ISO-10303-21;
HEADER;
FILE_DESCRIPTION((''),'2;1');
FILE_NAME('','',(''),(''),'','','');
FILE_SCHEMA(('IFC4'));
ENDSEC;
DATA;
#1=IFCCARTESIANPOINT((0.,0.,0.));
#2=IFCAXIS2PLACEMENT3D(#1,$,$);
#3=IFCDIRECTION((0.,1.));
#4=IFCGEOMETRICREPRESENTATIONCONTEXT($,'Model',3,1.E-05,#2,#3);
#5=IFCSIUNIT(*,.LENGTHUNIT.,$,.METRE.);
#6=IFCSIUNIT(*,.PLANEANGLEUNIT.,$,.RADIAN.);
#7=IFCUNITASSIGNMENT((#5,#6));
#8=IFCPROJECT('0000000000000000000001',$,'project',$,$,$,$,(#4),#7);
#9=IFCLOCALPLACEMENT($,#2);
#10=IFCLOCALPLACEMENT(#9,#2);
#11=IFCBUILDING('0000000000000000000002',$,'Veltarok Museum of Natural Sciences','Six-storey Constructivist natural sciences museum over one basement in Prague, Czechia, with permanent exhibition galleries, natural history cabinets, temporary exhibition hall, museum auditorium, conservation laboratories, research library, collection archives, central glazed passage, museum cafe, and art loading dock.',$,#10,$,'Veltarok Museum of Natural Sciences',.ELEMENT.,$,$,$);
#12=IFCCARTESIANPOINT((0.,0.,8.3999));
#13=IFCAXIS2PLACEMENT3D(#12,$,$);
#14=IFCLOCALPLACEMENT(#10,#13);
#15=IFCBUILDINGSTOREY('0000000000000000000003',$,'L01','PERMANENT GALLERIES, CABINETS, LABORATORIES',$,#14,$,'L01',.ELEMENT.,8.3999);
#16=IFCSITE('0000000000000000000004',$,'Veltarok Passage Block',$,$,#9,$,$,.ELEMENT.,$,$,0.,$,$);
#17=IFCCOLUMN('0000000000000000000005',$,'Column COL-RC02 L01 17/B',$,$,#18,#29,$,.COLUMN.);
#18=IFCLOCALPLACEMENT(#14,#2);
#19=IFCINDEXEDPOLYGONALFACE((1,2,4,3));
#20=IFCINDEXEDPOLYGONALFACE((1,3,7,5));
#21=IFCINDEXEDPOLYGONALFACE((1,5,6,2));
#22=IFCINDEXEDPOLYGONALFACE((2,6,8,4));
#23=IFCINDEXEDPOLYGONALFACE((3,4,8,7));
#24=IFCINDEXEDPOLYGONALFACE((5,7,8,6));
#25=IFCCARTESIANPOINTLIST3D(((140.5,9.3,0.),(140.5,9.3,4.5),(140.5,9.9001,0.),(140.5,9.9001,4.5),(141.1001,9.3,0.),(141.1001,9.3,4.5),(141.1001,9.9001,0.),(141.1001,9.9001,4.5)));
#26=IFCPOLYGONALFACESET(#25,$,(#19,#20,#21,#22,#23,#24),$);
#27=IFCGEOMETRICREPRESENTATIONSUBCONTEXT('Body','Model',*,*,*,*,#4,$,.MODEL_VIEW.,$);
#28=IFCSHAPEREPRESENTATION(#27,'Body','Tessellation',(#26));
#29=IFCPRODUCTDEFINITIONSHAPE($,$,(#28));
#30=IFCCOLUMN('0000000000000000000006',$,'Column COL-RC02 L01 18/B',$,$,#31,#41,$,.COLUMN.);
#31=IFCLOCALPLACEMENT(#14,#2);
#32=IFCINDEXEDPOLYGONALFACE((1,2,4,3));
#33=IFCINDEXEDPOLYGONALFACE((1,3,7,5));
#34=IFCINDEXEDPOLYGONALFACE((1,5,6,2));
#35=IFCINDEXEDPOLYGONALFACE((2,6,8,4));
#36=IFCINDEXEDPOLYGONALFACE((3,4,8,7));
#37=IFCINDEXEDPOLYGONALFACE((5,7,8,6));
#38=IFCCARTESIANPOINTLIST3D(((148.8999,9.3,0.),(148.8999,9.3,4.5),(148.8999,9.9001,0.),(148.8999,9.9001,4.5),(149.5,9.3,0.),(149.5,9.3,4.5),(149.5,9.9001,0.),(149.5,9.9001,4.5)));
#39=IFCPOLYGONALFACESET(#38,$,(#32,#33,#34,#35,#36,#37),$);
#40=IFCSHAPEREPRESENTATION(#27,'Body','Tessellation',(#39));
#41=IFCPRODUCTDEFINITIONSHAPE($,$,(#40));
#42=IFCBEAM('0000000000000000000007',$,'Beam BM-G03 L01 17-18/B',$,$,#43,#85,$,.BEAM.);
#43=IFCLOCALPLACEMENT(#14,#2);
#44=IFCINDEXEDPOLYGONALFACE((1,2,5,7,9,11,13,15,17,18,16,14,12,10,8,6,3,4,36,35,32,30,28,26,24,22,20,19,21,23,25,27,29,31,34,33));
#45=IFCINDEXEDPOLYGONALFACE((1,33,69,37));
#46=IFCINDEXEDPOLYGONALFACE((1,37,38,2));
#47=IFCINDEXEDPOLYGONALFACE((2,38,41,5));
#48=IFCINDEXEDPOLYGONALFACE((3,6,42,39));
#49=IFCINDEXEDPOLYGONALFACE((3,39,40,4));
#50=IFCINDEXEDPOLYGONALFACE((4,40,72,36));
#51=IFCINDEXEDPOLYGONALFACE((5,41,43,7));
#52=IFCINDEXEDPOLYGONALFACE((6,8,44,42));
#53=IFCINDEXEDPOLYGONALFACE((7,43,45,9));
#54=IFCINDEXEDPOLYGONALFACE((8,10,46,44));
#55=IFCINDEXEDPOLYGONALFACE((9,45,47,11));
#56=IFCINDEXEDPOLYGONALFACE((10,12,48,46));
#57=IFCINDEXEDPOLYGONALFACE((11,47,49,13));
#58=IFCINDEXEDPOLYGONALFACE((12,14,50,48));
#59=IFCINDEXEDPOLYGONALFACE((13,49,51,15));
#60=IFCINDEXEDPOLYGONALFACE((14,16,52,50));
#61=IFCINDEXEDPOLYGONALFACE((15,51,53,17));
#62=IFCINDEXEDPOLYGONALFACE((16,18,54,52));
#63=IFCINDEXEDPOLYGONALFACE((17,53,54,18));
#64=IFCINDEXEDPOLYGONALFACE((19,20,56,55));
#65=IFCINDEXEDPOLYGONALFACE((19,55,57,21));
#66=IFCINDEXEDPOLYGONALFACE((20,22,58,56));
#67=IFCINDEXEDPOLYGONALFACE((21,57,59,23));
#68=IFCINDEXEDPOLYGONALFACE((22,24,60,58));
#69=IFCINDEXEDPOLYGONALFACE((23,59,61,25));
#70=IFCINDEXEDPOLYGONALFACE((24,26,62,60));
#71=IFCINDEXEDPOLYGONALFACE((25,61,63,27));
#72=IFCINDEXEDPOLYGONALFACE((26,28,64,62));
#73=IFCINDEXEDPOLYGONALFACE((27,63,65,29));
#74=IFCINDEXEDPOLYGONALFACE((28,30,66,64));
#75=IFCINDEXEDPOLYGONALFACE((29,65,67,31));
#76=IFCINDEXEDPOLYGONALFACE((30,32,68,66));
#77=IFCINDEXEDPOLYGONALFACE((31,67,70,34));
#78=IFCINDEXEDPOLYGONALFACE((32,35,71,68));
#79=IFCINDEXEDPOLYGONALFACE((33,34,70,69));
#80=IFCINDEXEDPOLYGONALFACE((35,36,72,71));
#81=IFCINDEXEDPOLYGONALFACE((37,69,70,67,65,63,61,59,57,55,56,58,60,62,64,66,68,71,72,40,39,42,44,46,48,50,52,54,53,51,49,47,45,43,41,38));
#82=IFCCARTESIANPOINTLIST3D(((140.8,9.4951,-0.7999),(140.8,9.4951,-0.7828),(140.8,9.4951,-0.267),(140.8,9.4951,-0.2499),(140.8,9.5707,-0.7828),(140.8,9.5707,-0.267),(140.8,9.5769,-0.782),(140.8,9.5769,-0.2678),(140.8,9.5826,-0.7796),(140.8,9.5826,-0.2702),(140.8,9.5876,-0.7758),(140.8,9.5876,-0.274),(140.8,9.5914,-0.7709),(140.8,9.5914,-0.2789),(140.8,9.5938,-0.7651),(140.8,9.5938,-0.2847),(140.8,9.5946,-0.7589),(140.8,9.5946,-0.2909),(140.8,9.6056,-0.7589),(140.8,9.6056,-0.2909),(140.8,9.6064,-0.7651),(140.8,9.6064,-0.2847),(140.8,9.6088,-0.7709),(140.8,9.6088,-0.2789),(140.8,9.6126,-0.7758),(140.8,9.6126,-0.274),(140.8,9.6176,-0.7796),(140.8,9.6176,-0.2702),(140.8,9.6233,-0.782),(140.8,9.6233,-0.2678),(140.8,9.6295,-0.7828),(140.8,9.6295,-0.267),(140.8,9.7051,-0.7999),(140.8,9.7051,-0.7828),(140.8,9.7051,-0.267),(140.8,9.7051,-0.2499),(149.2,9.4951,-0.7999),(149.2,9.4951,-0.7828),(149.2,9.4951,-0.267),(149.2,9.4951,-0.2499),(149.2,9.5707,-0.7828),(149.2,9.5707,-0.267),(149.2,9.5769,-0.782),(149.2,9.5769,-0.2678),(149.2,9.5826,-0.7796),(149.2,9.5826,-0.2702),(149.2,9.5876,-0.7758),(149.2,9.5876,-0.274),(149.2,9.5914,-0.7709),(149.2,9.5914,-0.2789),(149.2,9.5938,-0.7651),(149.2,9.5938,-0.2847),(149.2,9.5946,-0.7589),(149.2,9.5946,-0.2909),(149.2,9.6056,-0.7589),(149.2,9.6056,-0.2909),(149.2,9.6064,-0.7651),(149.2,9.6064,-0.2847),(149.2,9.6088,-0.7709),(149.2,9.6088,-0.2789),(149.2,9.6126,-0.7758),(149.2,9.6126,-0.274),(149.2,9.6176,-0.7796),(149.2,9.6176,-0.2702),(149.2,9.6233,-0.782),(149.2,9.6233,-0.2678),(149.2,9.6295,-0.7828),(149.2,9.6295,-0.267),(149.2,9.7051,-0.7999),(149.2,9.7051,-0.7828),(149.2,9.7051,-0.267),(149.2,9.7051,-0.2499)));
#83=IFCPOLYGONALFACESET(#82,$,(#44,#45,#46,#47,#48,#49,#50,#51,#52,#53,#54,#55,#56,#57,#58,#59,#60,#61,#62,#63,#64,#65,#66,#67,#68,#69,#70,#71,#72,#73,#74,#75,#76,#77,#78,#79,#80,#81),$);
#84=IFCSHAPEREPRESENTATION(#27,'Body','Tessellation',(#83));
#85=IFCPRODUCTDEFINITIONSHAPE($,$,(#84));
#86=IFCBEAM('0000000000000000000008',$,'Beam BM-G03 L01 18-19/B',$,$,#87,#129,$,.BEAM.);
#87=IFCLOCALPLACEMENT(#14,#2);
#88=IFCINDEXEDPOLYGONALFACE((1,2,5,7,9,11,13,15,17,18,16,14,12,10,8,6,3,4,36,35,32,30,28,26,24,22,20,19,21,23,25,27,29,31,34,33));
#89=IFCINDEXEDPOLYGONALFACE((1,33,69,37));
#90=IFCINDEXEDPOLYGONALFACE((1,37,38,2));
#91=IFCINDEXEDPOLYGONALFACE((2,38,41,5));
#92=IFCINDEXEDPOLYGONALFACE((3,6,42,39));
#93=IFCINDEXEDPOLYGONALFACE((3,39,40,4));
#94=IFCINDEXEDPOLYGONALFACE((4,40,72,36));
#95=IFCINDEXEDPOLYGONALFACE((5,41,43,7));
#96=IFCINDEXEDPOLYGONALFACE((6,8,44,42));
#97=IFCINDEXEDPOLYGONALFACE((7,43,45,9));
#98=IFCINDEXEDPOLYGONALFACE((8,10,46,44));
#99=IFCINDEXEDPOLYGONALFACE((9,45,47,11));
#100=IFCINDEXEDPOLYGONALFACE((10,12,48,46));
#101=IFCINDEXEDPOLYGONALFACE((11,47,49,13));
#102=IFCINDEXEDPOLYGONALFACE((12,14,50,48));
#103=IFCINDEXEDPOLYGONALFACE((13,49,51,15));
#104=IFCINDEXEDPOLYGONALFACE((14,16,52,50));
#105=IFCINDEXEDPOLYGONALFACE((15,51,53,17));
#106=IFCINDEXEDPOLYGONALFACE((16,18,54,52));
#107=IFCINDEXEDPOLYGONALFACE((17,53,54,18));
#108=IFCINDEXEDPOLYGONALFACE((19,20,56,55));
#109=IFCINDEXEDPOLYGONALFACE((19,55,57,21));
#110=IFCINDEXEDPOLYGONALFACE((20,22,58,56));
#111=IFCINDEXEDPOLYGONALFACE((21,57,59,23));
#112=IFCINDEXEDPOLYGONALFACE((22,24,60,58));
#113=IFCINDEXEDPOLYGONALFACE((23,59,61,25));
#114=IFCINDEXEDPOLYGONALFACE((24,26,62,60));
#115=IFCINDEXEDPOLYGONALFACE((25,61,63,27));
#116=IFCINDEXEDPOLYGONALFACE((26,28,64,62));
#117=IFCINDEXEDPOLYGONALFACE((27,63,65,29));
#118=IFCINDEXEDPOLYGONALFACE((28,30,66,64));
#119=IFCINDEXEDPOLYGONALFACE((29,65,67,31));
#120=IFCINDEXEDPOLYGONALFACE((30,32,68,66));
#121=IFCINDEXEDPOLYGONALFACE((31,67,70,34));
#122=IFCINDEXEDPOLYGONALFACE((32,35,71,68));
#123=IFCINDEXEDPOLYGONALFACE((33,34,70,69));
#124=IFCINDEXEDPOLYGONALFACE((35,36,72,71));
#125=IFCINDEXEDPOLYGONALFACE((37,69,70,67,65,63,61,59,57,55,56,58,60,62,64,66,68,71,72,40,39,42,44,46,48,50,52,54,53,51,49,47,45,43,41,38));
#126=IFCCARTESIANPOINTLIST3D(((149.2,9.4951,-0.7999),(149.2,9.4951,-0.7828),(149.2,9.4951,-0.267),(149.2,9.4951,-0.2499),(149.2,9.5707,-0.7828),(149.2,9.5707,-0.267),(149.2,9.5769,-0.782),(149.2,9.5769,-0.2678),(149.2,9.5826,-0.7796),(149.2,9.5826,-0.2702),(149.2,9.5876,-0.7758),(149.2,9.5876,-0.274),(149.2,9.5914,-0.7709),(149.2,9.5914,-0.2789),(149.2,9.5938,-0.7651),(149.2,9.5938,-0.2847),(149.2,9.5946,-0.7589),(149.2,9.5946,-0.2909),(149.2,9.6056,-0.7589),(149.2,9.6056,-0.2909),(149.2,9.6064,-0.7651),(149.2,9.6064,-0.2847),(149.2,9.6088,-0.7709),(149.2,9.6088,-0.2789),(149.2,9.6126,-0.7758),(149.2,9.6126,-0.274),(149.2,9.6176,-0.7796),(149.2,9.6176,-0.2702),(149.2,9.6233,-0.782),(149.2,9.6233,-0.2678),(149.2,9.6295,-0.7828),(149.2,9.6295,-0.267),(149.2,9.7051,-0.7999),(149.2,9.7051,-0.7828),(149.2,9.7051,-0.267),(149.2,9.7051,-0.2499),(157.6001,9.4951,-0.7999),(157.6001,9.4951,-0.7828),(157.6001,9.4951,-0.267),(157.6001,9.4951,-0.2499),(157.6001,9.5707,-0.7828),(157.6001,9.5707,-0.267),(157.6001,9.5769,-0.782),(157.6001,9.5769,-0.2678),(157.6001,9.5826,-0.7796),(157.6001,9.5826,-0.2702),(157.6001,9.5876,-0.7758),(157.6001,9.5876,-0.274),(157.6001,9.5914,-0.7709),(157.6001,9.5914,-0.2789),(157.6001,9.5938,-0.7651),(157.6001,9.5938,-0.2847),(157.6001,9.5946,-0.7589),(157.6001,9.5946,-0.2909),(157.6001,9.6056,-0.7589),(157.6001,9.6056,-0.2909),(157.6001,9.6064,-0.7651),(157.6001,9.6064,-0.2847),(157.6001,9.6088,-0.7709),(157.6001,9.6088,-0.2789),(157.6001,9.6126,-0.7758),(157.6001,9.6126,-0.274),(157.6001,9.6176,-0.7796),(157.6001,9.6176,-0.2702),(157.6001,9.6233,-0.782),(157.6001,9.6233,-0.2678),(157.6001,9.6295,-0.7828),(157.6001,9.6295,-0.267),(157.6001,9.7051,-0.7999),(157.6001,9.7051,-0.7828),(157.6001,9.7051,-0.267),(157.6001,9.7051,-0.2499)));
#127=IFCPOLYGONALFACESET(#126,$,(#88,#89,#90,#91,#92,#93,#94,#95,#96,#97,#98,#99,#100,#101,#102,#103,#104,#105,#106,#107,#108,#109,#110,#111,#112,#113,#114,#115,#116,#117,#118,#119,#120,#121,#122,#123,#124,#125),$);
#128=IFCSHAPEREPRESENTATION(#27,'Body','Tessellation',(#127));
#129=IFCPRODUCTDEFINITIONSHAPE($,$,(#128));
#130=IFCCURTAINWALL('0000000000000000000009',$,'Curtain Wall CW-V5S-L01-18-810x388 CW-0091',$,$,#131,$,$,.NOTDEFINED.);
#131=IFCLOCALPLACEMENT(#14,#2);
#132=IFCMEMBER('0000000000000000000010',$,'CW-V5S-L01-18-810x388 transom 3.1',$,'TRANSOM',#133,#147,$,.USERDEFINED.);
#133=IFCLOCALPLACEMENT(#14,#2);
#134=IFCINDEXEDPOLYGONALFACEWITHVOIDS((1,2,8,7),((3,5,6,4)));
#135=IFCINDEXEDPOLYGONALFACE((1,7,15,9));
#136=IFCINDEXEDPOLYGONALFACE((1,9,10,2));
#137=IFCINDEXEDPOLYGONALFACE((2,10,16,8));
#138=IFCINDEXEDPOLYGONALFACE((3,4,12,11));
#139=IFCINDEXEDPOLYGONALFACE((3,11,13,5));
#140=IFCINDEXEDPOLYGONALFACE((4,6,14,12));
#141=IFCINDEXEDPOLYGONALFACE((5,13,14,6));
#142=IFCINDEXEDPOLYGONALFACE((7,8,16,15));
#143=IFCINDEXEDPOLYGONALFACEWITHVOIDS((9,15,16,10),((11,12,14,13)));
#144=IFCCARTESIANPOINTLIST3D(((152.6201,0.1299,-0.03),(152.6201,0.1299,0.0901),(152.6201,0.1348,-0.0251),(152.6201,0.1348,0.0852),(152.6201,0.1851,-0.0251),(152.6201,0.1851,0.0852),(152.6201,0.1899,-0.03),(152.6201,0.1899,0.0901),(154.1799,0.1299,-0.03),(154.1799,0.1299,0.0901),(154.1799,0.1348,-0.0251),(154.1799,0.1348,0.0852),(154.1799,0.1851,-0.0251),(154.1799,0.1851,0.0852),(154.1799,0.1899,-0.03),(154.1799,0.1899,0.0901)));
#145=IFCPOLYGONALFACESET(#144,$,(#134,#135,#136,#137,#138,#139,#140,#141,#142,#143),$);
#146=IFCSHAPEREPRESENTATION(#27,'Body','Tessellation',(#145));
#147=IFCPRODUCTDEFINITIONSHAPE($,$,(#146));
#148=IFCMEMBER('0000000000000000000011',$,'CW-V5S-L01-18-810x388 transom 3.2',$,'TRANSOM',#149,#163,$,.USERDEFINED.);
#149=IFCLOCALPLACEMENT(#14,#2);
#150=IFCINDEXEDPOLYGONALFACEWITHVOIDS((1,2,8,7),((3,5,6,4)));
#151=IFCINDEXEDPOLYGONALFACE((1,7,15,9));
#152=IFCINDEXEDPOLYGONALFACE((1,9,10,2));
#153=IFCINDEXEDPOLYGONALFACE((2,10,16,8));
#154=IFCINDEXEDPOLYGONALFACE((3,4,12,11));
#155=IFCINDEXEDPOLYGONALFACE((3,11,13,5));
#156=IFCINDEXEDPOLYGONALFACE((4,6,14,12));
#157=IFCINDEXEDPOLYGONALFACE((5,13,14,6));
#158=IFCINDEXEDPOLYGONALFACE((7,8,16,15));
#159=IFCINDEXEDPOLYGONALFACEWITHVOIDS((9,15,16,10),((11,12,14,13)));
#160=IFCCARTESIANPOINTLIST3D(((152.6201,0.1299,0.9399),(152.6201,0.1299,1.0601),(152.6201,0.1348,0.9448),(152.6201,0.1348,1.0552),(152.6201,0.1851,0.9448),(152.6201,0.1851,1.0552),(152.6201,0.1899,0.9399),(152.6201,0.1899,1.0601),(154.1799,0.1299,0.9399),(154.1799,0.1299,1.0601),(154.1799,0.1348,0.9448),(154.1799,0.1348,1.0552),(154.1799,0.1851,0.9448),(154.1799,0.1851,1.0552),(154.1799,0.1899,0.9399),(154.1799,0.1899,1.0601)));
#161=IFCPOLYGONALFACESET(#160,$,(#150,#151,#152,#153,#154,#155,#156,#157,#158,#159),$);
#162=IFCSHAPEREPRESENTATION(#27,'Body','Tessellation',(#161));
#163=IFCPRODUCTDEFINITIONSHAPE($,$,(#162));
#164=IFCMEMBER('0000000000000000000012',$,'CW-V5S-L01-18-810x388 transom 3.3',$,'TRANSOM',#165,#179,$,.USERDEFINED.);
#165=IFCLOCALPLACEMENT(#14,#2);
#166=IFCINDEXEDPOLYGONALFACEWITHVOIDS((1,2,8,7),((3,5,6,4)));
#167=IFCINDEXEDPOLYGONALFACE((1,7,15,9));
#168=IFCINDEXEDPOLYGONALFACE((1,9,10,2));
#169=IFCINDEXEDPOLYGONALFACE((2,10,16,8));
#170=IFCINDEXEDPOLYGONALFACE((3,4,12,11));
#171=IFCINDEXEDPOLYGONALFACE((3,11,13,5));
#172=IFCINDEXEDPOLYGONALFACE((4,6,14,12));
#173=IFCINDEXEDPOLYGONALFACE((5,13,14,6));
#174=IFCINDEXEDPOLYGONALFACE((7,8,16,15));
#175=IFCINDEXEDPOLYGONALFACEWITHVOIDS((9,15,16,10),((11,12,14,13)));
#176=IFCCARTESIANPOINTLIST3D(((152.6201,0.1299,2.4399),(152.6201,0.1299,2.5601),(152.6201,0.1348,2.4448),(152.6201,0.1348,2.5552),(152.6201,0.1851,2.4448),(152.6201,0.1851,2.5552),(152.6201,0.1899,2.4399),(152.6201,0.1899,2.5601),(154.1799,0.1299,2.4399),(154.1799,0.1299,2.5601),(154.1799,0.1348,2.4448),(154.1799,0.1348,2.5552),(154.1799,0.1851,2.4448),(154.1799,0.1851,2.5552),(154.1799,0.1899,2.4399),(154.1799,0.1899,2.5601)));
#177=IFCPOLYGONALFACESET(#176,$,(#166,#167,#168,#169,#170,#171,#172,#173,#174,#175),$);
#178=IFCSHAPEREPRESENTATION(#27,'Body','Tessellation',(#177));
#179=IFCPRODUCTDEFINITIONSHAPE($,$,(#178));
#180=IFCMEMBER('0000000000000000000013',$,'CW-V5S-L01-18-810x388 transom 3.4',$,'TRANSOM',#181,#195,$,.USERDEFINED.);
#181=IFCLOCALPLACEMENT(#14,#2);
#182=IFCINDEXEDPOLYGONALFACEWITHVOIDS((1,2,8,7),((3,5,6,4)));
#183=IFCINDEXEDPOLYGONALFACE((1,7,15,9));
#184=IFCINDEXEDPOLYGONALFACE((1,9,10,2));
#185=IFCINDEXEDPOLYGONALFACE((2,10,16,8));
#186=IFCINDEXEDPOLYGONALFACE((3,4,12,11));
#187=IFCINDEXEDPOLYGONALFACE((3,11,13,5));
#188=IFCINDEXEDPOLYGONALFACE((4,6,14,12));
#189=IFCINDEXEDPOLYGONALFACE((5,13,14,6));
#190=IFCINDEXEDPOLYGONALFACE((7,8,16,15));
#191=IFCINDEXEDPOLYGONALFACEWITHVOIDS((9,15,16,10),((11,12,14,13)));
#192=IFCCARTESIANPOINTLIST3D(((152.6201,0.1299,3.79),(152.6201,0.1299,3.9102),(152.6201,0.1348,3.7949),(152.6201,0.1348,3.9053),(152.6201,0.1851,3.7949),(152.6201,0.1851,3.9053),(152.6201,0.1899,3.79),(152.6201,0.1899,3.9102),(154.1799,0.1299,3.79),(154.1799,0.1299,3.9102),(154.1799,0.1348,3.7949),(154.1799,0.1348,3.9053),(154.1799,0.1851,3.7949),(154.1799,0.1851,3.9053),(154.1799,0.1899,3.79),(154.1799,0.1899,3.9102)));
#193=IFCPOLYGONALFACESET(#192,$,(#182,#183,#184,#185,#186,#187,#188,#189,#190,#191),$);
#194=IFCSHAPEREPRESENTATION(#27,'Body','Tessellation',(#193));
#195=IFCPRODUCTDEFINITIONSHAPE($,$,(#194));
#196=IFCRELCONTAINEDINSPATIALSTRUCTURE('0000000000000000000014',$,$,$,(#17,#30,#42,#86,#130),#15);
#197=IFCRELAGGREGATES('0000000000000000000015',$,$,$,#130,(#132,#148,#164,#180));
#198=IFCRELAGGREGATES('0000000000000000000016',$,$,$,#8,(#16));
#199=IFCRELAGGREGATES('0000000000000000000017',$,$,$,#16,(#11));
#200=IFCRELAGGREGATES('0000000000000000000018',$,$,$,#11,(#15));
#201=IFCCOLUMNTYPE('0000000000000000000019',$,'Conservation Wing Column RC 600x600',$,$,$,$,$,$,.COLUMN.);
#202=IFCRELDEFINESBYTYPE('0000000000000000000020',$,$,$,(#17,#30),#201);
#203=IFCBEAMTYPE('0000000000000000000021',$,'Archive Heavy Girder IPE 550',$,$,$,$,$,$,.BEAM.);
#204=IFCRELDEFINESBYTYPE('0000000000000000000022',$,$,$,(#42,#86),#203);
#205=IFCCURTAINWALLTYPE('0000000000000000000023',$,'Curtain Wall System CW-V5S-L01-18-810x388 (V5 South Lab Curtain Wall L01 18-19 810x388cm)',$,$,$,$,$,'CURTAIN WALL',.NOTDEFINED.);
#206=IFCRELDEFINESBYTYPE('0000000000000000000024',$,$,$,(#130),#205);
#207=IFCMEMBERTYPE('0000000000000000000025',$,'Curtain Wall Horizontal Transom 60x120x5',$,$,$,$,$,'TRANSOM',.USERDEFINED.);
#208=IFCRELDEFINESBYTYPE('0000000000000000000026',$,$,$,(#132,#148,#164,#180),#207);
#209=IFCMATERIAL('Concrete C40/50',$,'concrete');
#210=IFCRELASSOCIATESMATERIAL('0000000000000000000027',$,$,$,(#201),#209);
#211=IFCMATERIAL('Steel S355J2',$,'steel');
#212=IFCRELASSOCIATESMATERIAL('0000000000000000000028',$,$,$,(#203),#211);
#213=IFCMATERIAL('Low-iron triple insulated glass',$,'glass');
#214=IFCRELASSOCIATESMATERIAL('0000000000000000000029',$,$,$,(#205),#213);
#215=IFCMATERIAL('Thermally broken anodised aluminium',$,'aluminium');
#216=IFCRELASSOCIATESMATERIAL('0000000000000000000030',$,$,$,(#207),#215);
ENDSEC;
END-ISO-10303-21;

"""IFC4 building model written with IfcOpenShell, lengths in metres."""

from ifc_helpers import new_model, si_unit, direction, frame, origin, origin_2d, place, context, subcontext, project, spatial, rectangle, hollow_rectangle, i_section, extrude, material, material_profile, profile_set, type_object, element, aggregate, save


model = new_model("IFC4")

# Units and contexts
model_context = context("Model", 3, precision=1e-05, world=origin(), true_north=direction((0.0, 1.0)))
body_context = subcontext(model_context, "Body", "Model", "MODEL_VIEW")
ifc_project = project(units=[si_unit("LENGTHUNIT", "METRE"), si_unit("PLANEANGLEUNIT", "RADIAN")], contexts=[model_context])

# Site, building, storey
site_placement = place(None, origin())
site = spatial("IfcSite", under=ifc_project, at=site_placement, Name="Veltarok Passage Block", CompositionType="ELEMENT", RefElevation=0.0)
building_placement = place(site_placement, origin())
building = spatial("IfcBuilding", under=site, at=building_placement, Name="Veltarok Museum of Natural Sciences", Description="Six-storey Constructivist natural sciences museum over one basement in Prague, Czechia, with permanent exhibition galleries, natural history cabinets, temporary exhibition hall, museum auditorium, conservation laboratories, research library, collection archives, central glazed passage, museum cafe, and art loading dock.", LongName="Veltarok Museum of Natural Sciences", CompositionType="ELEMENT")
storey_placement = place(building_placement, frame((0.0, 0.0, 8.3999)))
storey = spatial("IfcBuildingStorey", under=building, at=storey_placement, Name="L01", Description="PERMANENT GALLERIES, CABINETS, LABORATORIES", LongName="L01", CompositionType="ELEMENT", Elevation=8.3999)

# Columns
ifc_material_1 = material(Name="Concrete C40/50", Category="concrete")
ifc_material_profile_1 = material_profile(ifc_material_1, rectangle(XDim=0.6001, YDim=0.6001, at=origin_2d()), Name="RC 600x600")
ifc_profile_set_1 = profile_set([ifc_material_profile_1], Name="Concrete C40/50")
column_type = type_object("IfcColumnType", Name="Conservation Wing Column RC 600x600", PredefinedType="COLUMN", material=ifc_profile_set_1)
for number, where, z_axis, x_axis, name in (
    (1, (140.8, 9.6001, 0.0), (0.0, 0.0, 1.0), (1.0, 0.0, 0.0), "Column COL-RC02 L01 17/B"),
    (2, (149.2, 9.6001, 0.0), (0.0, 0.0, 1.0), (1.0, 0.0, 0.0), "Column COL-RC02 L01 18/B"),
):
    element("IfcColumn", number, at=place(storey_placement, frame(where, z_axis=z_axis, x_axis=x_axis)), inside=storey, type_object=column_type, Name=name, PredefinedType="COLUMN", context=body_context, shape_type="SweptSolid", body=[
        extrude(rectangle(XDim=0.6001, YDim=0.6001, at=origin_2d()), origin(), (0.0, 0.0, 1.0), 4.5),
    ])

# Beams
ifc_material_2 = material(Name="Steel S355J2", Category="steel")
ifc_material_profile_2 = material_profile(ifc_material_2, i_section(OverallWidth=0.21, OverallDepth=0.55, WebThickness=0.011, FlangeThickness=0.0171, FilletRadius=0.0239, at=origin_2d()), Name="IPE 550")
ifc_profile_set_2 = profile_set([ifc_material_profile_2], Name="Steel S355J2")
beam_type_1 = type_object("IfcBeamType", Name="Archive Heavy Girder IPE 550", PredefinedType="BEAM", material=ifc_profile_set_2)
beam_1_placement = place(storey_placement, frame((140.8, 9.6001, -0.5249), z_axis=(1.0, 0.0, 0.0), x_axis=(0.0, 1.0, 0.0)))
element("IfcBeam", 3, at=beam_1_placement, inside=storey, type_object=beam_type_1, Name="Beam BM-G03 L01 17-18/B", PredefinedType="BEAM", context=body_context, shape_type="SweptSolid", body=[
    extrude(i_section(OverallWidth=0.21, OverallDepth=0.55, WebThickness=0.011, FlangeThickness=0.0171, FilletRadius=0.0239, at=origin_2d()), origin(), (0.0, 0.0, 1.0), 8.3999),
])
beam_2_placement = place(storey_placement, frame((149.2, 9.6001, -0.5249), z_axis=(1.0, 0.0, 0.0), x_axis=(0.0, 1.0, 0.0)))
element("IfcBeam", 4, at=beam_2_placement, inside=storey, type_object=beam_type_1, Name="Beam BM-G03 L01 18-19/B", PredefinedType="BEAM", context=body_context, shape_type="SweptSolid", body=[
    extrude(i_section(OverallWidth=0.21, OverallDepth=0.55, WebThickness=0.011, FlangeThickness=0.0171, FilletRadius=0.0239, at=origin_2d()), origin(), (0.0, 0.0, 1.0), 8.4001),
])

# Curtain wall, members
ifc_material_3 = material(Name="Low-iron triple insulated glass", Category="glass")
curtain_wall_type = type_object("IfcCurtainWallType", Name="Curtain Wall System CW-V5S-L01-18-810x388 (V5 South Lab Curtain Wall L01 18-19 810x388cm)", ElementType="CURTAIN WALL", PredefinedType="NOTDEFINED", material=ifc_material_3)
curtain_wall_placement = place(storey_placement, origin())
curtain_wall = element("IfcCurtainWall", 5, at=curtain_wall_placement, inside=storey, type_object=curtain_wall_type, Name="Curtain Wall CW-V5S-L01-18-810x388 CW-0091", PredefinedType="NOTDEFINED")
ifc_material_4 = material(Name="Thermally broken anodised aluminium", Category="aluminium")
ifc_material_profile_3 = material_profile(ifc_material_4, hollow_rectangle(XDim=0.0601, YDim=0.1201, WallThickness=0.0049, at=origin_2d()), Name="CW TRANSOM 60x120x5")
ifc_profile_set_3 = profile_set([ifc_material_profile_3], Name="Thermally broken anodised aluminium")
member_type_1 = type_object("IfcMemberType", Name="Curtain Wall Horizontal Transom 60x120x5", ElementType="TRANSOM", PredefinedType="USERDEFINED", material=ifc_profile_set_3)
member_1_placement = place(storey_placement, frame((152.6201, 0.1599, 0.03), z_axis=(1.0, 0.0, 0.0), x_axis=(0.0, 1.0, 0.0)))
member_1 = element("IfcMember", 6, at=member_1_placement, type_object=member_type_1, Name="CW-V5S-L01-18-810x388 transom 3.1", ObjectType="TRANSOM", PredefinedType="USERDEFINED", context=body_context, shape_type="SweptSolid", body=[
    extrude(hollow_rectangle(XDim=0.0601, YDim=0.1201, WallThickness=0.0049, at=origin_2d()), origin(), (0.0, 0.0, 1.0), 1.5598),
])
member_2_placement = place(storey_placement, frame((152.6201, 0.1599, 1.0), z_axis=(1.0, 0.0, 0.0), x_axis=(0.0, 1.0, 0.0)))
member_2 = element("IfcMember", 7, at=member_2_placement, type_object=member_type_1, Name="CW-V5S-L01-18-810x388 transom 3.2", ObjectType="TRANSOM", PredefinedType="USERDEFINED", context=body_context, shape_type="SweptSolid", body=[
    extrude(hollow_rectangle(XDim=0.0601, YDim=0.1201, WallThickness=0.0049, at=origin_2d()), origin(), (0.0, 0.0, 1.0), 1.5598),
])
member_3_placement = place(storey_placement, frame((152.6201, 0.1599, 2.5), z_axis=(1.0, 0.0, 0.0), x_axis=(0.0, 1.0, 0.0)))
member_3 = element("IfcMember", 8, at=member_3_placement, type_object=member_type_1, Name="CW-V5S-L01-18-810x388 transom 3.3", ObjectType="TRANSOM", PredefinedType="USERDEFINED", context=body_context, shape_type="SweptSolid", body=[
    extrude(hollow_rectangle(XDim=0.0601, YDim=0.1201, WallThickness=0.0049, at=origin_2d()), origin(), (0.0, 0.0, 1.0), 1.5598),
])
member_4_placement = place(storey_placement, frame((152.6201, 0.1599, 3.8501), z_axis=(1.0, 0.0, 0.0), x_axis=(0.0, 1.0, 0.0)))
member_4 = element("IfcMember", 9, at=member_4_placement, type_object=member_type_1, Name="CW-V5S-L01-18-810x388 transom 3.4", ObjectType="TRANSOM", PredefinedType="USERDEFINED", context=body_context, shape_type="SweptSolid", body=[
    extrude(hollow_rectangle(XDim=0.0601, YDim=0.1201, WallThickness=0.0049, at=origin_2d()), origin(), (0.0, 0.0, 1.0), 1.5598),
])

aggregate(curtain_wall, [member_1, member_2, member_3, member_4])

save(model, "model.ifc")
